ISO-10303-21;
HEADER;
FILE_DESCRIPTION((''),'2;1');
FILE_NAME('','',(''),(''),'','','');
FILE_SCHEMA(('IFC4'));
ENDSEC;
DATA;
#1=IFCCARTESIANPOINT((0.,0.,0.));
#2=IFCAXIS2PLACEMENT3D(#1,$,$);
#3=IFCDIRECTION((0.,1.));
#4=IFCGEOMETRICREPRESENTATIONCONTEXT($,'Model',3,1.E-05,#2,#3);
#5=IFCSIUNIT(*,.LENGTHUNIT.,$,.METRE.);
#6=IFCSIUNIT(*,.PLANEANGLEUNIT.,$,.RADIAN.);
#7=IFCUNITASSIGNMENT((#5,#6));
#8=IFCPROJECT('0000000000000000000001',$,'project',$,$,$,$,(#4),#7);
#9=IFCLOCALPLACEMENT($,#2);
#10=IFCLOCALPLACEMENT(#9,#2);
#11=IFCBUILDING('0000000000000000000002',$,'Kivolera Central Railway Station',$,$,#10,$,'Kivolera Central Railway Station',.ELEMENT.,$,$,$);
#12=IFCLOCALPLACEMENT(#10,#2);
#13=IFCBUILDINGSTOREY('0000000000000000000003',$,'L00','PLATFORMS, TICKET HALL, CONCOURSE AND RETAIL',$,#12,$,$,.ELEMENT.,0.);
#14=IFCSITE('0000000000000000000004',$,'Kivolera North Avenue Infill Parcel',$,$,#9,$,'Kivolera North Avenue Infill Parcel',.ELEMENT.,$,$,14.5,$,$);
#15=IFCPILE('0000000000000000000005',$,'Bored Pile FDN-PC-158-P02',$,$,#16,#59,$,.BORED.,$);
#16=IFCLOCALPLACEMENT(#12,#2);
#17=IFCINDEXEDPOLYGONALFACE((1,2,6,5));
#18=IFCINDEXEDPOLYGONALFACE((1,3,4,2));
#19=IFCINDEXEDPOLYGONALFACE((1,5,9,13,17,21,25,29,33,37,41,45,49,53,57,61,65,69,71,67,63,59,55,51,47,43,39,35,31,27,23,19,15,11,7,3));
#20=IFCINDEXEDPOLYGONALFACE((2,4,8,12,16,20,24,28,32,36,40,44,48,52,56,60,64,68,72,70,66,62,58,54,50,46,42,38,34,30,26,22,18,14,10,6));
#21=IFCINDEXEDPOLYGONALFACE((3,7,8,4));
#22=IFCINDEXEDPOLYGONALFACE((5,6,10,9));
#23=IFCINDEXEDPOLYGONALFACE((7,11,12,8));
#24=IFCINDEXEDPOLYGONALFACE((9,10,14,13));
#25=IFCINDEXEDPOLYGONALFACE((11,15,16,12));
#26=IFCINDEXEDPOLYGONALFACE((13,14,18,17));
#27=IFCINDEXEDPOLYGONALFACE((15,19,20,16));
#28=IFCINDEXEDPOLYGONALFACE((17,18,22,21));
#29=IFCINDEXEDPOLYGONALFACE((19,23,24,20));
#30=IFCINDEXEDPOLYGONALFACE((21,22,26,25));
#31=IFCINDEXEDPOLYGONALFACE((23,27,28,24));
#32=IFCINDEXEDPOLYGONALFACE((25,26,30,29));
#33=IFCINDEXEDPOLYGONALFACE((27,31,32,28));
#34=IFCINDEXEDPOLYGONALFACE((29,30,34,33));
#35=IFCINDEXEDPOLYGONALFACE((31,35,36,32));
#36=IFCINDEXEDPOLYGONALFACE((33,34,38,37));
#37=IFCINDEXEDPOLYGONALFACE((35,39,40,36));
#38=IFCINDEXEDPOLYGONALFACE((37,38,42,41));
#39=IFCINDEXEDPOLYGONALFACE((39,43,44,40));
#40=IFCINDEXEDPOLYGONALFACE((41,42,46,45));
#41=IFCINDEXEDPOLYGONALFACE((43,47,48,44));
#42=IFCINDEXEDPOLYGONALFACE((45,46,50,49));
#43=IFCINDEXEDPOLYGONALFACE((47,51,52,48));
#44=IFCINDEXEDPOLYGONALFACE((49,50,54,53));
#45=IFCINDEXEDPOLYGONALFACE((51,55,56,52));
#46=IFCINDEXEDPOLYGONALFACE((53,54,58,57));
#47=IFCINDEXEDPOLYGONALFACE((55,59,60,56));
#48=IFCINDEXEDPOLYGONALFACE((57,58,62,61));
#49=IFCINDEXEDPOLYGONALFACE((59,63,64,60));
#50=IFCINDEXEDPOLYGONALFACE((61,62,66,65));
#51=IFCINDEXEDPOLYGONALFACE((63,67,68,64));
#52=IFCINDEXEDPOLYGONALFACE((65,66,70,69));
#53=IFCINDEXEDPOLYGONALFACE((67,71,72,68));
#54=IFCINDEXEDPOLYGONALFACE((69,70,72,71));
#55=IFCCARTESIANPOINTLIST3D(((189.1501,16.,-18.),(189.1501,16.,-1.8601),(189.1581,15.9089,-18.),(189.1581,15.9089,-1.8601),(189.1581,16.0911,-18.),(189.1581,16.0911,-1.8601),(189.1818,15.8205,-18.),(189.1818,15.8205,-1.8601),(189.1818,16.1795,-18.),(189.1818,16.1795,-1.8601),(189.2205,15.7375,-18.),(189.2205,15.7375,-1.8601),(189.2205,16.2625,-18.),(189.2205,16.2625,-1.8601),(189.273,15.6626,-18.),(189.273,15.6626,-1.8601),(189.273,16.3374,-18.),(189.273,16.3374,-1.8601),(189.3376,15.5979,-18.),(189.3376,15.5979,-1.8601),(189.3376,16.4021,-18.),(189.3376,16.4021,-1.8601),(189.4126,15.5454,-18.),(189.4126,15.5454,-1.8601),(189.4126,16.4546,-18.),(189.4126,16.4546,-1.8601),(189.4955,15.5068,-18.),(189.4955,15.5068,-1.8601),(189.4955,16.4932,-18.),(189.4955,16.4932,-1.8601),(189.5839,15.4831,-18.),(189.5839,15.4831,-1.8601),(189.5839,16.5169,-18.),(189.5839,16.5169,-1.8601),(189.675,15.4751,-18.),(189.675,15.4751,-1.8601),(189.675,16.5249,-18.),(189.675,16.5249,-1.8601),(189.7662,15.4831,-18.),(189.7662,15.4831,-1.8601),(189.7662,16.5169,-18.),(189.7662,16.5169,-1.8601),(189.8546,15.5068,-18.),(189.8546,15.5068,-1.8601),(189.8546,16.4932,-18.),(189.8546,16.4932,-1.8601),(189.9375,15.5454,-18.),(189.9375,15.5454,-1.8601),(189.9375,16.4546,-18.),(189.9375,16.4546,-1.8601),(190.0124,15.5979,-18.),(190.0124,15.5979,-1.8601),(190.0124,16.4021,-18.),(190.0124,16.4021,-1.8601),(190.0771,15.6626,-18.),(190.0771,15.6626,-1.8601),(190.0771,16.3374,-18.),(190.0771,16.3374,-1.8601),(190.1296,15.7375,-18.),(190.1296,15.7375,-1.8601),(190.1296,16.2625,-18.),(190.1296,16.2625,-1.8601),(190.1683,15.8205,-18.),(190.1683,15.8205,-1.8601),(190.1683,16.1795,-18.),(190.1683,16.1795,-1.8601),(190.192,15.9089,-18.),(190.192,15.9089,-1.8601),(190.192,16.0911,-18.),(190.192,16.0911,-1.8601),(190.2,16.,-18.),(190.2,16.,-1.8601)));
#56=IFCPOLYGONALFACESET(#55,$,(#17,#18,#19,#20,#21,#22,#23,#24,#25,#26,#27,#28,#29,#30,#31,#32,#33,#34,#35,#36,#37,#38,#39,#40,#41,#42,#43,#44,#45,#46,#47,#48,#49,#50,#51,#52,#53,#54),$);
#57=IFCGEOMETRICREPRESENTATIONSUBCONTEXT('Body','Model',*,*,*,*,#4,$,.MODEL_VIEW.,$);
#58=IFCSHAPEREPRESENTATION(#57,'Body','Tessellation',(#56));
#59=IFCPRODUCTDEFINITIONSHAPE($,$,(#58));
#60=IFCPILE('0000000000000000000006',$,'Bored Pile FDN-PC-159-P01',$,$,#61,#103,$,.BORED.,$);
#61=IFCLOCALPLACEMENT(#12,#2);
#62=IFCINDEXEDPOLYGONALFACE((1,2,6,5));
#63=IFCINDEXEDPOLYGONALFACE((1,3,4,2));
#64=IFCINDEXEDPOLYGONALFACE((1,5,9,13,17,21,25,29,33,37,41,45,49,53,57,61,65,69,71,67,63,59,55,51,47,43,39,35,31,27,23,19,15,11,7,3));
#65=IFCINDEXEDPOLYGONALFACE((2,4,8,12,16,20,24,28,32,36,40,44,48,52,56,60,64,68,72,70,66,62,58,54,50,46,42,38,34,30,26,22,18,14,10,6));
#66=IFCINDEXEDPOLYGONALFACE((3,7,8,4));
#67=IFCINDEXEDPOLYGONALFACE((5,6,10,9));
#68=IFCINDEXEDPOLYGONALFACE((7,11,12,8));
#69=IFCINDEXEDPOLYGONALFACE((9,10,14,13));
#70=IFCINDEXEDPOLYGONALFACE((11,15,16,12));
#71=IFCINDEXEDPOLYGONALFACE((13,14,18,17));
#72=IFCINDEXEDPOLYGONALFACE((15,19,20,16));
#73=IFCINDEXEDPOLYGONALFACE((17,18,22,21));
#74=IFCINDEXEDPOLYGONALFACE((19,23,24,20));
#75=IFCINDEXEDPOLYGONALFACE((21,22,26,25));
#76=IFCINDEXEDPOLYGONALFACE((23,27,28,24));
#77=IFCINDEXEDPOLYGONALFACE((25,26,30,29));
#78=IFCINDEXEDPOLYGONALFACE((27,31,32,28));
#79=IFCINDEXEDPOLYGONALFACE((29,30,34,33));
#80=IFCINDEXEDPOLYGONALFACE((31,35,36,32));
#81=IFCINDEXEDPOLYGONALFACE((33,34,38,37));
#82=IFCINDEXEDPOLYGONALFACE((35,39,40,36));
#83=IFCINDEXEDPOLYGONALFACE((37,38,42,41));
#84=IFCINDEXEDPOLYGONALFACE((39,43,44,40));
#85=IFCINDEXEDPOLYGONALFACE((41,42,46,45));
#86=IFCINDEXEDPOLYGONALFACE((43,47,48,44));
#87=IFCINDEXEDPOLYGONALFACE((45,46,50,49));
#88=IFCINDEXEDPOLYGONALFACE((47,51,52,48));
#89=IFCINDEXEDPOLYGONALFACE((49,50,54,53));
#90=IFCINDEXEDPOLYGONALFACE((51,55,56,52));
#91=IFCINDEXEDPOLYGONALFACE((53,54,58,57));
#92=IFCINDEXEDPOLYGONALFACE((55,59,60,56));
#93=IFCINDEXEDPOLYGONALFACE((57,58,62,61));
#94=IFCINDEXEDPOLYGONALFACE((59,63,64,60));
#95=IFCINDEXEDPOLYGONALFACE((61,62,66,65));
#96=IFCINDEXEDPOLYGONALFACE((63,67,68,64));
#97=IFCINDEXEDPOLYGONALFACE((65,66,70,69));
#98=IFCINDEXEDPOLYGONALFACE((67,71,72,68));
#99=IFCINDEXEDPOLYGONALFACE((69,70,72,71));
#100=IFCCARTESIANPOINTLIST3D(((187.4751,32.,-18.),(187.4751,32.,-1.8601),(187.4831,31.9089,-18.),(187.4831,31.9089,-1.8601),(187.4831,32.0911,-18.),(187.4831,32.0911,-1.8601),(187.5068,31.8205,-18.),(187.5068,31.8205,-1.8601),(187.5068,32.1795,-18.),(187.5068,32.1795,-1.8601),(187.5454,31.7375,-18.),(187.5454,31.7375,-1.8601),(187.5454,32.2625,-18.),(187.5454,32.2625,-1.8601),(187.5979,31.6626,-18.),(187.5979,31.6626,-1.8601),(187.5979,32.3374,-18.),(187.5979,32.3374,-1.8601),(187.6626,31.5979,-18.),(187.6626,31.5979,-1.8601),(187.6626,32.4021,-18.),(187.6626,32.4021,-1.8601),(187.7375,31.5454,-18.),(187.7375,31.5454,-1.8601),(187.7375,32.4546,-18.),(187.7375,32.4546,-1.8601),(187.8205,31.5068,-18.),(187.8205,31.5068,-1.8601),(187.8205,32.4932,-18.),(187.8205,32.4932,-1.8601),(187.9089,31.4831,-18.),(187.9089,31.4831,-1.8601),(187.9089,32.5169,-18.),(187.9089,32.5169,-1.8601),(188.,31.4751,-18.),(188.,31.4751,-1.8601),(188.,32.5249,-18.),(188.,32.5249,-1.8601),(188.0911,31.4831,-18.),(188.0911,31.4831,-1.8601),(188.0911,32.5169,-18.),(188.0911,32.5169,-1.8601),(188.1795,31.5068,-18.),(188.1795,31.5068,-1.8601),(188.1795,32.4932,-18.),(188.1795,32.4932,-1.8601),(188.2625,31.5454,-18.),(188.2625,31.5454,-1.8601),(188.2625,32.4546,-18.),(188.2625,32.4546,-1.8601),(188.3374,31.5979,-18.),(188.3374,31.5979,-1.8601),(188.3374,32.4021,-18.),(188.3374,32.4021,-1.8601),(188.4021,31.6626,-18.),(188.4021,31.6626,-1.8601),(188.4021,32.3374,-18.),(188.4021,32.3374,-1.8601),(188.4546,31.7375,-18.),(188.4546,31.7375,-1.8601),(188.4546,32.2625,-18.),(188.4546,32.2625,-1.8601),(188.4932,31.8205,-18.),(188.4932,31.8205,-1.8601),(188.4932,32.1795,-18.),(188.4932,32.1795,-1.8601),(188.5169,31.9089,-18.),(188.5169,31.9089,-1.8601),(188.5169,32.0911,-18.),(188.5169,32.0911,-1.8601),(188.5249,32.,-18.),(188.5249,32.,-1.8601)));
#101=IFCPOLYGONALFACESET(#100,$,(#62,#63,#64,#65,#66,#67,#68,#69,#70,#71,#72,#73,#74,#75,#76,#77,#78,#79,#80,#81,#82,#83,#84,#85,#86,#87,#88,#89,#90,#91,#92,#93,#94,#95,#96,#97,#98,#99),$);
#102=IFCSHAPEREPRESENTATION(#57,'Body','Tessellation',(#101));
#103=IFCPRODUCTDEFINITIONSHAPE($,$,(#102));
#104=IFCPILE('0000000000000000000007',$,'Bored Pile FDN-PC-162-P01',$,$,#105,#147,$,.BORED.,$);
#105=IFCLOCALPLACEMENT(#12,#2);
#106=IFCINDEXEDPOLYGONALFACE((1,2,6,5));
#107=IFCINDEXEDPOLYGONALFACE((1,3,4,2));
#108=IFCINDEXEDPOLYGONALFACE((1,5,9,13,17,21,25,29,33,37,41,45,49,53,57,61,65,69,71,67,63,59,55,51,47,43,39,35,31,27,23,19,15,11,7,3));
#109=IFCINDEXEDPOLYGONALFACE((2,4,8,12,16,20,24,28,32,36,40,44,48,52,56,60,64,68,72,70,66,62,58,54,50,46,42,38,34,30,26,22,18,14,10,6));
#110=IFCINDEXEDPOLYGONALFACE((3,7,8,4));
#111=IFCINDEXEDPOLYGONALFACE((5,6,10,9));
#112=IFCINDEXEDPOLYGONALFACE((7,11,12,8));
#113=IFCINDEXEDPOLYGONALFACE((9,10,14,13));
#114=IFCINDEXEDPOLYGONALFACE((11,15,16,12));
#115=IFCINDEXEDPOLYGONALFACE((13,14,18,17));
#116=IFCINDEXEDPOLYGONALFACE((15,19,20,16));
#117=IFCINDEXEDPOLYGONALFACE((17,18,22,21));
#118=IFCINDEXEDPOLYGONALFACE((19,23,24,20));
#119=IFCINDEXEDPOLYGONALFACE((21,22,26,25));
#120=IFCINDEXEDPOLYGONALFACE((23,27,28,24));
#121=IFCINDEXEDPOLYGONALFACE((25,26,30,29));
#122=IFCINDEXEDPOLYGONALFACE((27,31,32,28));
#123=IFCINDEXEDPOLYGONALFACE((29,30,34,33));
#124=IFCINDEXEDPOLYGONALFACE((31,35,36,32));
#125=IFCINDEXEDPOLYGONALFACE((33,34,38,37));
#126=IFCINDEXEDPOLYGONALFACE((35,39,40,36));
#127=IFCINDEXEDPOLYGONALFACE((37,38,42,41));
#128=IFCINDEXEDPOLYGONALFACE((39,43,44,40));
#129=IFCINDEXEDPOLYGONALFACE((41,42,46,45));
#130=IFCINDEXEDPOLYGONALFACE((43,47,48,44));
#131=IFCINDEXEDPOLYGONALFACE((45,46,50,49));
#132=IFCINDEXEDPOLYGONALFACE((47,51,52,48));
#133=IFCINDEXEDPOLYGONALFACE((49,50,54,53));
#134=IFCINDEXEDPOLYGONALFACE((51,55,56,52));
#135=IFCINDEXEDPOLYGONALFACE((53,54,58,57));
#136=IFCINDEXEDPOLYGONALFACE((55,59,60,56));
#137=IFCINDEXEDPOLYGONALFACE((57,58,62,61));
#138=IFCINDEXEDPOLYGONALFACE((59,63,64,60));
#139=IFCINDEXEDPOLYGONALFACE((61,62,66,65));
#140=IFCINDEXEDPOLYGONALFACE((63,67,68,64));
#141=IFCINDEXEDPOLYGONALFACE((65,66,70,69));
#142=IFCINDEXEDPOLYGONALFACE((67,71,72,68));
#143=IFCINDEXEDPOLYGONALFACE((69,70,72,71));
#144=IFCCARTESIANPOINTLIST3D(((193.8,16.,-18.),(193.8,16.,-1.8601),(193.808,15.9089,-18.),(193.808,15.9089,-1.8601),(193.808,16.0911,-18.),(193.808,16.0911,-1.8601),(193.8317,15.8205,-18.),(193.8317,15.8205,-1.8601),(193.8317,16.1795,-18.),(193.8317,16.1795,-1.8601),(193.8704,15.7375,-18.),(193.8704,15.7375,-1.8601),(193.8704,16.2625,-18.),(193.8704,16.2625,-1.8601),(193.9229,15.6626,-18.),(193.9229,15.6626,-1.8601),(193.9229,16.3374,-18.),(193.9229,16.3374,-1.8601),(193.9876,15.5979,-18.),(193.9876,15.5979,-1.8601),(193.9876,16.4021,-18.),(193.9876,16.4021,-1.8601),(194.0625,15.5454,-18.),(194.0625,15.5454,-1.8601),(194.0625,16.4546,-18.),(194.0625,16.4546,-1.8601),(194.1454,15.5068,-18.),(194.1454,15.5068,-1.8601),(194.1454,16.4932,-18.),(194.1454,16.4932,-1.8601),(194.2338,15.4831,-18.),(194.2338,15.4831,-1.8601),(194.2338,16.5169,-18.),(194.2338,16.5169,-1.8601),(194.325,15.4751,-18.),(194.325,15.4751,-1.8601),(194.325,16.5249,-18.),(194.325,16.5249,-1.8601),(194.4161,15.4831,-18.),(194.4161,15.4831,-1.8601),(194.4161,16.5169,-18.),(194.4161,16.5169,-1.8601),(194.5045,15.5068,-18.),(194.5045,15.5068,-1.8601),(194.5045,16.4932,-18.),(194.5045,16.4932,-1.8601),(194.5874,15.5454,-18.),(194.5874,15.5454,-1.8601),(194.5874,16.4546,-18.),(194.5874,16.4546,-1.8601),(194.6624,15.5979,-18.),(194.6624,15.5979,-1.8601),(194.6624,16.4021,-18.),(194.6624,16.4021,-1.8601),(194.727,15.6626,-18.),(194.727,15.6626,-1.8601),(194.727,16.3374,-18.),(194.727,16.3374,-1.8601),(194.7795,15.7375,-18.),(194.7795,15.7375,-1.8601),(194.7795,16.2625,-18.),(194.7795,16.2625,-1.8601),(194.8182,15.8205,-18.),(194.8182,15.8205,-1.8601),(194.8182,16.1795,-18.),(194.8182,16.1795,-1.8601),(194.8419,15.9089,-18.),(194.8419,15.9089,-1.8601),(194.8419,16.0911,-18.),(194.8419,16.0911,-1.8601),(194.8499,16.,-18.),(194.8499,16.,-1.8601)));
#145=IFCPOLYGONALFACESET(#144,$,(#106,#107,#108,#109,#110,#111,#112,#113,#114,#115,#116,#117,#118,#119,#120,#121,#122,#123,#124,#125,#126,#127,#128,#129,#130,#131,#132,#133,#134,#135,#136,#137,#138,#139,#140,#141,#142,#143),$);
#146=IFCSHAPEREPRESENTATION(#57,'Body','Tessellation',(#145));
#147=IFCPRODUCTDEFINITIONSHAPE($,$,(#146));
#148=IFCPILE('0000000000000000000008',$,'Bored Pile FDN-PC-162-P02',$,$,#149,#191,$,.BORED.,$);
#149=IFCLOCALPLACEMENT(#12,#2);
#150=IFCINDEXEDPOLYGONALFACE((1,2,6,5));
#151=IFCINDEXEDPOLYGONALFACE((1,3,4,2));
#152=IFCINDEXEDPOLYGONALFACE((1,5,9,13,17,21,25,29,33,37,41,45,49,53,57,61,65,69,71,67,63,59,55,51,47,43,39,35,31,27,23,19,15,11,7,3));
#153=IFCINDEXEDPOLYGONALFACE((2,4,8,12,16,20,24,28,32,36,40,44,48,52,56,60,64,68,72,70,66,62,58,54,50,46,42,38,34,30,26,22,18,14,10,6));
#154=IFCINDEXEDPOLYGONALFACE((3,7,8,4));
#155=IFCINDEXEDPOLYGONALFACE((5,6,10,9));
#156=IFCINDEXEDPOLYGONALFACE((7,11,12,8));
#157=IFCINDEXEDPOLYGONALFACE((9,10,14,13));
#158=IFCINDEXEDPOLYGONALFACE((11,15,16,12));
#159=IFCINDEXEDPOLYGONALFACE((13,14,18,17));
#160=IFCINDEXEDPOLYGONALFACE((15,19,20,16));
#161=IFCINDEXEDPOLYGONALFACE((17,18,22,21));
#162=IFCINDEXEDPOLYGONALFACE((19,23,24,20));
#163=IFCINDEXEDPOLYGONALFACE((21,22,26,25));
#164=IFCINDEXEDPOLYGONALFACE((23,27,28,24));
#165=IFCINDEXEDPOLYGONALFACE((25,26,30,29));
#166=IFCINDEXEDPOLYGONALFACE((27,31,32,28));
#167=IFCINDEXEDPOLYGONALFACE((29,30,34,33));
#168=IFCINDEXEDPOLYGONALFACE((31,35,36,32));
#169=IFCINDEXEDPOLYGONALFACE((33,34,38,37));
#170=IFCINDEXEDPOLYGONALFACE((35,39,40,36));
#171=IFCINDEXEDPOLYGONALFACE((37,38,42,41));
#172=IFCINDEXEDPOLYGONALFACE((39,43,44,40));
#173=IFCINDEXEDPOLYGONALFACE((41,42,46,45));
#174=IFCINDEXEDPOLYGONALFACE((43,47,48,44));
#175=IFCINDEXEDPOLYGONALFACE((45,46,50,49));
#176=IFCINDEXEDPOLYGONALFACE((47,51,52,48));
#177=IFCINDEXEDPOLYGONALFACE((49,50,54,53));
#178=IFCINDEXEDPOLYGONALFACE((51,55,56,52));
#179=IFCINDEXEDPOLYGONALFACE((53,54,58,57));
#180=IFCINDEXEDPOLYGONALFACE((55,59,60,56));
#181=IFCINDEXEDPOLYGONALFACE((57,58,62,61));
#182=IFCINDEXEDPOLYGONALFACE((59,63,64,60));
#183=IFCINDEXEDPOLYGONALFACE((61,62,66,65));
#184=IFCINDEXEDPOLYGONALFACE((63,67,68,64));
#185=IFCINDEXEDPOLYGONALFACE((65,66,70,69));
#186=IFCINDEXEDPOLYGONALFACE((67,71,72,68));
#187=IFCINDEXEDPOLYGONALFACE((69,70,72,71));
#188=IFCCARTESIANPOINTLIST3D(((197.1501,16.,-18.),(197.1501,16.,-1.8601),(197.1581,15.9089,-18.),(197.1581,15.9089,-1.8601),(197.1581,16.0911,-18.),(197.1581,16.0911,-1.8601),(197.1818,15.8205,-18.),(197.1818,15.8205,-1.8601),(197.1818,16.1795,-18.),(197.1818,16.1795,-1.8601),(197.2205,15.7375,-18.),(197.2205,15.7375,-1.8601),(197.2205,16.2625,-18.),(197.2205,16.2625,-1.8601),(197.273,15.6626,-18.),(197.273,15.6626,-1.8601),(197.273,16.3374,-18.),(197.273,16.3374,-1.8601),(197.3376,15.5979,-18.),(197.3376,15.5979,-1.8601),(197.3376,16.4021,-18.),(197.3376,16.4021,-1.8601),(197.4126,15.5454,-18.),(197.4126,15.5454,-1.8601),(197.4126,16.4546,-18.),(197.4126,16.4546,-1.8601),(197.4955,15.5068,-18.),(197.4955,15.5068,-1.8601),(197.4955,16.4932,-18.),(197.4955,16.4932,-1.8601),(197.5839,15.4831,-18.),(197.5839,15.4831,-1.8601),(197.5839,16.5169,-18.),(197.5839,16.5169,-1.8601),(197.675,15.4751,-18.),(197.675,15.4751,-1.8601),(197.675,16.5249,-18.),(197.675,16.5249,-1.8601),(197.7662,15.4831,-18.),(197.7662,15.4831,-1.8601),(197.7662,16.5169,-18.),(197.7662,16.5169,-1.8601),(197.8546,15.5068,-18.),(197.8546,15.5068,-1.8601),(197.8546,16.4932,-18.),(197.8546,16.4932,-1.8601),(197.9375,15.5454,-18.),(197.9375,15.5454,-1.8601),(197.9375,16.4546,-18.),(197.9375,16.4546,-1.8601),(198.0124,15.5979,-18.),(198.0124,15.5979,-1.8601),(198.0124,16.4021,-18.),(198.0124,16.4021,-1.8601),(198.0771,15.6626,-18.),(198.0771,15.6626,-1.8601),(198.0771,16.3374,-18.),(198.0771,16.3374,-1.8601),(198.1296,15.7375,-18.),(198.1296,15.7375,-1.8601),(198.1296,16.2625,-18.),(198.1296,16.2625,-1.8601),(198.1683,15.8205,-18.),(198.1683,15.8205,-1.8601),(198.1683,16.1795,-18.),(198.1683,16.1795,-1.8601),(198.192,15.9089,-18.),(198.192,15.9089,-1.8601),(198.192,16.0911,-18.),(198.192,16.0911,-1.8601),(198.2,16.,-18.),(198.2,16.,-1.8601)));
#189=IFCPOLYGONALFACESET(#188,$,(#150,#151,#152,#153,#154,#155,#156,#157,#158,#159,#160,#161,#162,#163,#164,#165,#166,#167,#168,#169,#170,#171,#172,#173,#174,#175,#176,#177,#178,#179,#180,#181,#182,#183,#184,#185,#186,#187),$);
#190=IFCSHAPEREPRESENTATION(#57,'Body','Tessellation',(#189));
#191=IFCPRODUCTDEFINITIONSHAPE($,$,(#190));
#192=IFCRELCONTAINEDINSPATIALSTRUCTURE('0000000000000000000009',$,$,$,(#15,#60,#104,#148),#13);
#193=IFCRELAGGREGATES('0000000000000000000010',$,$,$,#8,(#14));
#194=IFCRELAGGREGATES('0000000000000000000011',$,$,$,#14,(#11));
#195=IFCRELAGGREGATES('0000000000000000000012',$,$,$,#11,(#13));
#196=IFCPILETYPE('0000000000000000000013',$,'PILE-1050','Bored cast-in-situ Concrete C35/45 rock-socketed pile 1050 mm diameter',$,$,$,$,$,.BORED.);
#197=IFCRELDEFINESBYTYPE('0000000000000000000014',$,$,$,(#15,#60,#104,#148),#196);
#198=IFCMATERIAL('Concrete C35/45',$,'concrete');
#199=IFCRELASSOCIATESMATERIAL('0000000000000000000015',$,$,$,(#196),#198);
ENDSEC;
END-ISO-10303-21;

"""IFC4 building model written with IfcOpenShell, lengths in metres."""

from ifc_helpers import new_model, si_unit, direction, frame, origin, origin_2d, place, context, subcontext, project, spatial, circle, extrude, material, material_profile, profile_set, type_object, element, save


model = new_model("IFC4")

# Units and contexts
model_context = context("Model", 3, precision=1e-05, world=origin(), true_north=direction((0.0, 1.0)))
body_context = subcontext(model_context, "Body", "Model", "MODEL_VIEW")
ifc_project = project(units=[si_unit("LENGTHUNIT", "METRE"), si_unit("PLANEANGLEUNIT", "RADIAN")], contexts=[model_context])

# Site, building, storey
site_placement = place(None, origin())
site = spatial("IfcSite", under=ifc_project, at=site_placement, Name="Kivolera North Avenue Infill Parcel", LongName="Kivolera North Avenue Infill Parcel", CompositionType="ELEMENT", RefElevation=14.5)
building_placement = place(site_placement, origin())
building = spatial("IfcBuilding", under=site, at=building_placement, Name="Kivolera Central Railway Station", LongName="Kivolera Central Railway Station", CompositionType="ELEMENT")
storey_placement = place(building_placement, origin())
storey = spatial("IfcBuildingStorey", under=building, at=storey_placement, Name="L00", Description="PLATFORMS, TICKET HALL, CONCOURSE AND RETAIL", CompositionType="ELEMENT", Elevation=0.0)

# Shared definitions
ifc_material_1 = material(Name="Concrete C35/45", Category="concrete")

# Piles
ifc_material_profile_1 = material_profile(ifc_material_1, circle(Radius=0.5249, at=origin_2d()), Name="PILE D1050")
ifc_profile_set_1 = profile_set([ifc_material_profile_1], Name="Concrete C35/45")
pile_type = type_object("IfcPileType", Name="PILE-1050", Description="Bored cast-in-situ Concrete C35/45 rock-socketed pile 1050 mm diameter", PredefinedType="BORED", material=ifc_profile_set_1)
for number, where, z_axis, x_axis, name in (
    (1, (189.675, 16.0, -1.8601), (0.0, 0.0, -1.0), (1.0, 0.0, 0.0), "Bored Pile FDN-PC-158-P02"),
    (2, (188.0, 32.0, -1.8601), (0.0, 0.0, -1.0), (1.0, 0.0, 0.0), "Bored Pile FDN-PC-159-P01"),
    (3, (194.325, 16.0, -1.8601), (0.0, 0.0, -1.0), (1.0, 0.0, 0.0), "Bored Pile FDN-PC-162-P01"),
    (4, (197.675, 16.0, -1.8601), (0.0, 0.0, -1.0), (1.0, 0.0, 0.0), "Bored Pile FDN-PC-162-P02"),
):
    element("IfcPile", number, at=place(storey_placement, frame(where, z_axis=z_axis, x_axis=x_axis)), inside=storey, type_object=pile_type, Name=name, PredefinedType="BORED", context=body_context, shape_type="SweptSolid", body=[
        extrude(circle(Radius=0.5249, at=origin_2d()), origin(), (0.0, 0.0, 1.0), 16.1399),
    ])

save(model, "model.ifc")
